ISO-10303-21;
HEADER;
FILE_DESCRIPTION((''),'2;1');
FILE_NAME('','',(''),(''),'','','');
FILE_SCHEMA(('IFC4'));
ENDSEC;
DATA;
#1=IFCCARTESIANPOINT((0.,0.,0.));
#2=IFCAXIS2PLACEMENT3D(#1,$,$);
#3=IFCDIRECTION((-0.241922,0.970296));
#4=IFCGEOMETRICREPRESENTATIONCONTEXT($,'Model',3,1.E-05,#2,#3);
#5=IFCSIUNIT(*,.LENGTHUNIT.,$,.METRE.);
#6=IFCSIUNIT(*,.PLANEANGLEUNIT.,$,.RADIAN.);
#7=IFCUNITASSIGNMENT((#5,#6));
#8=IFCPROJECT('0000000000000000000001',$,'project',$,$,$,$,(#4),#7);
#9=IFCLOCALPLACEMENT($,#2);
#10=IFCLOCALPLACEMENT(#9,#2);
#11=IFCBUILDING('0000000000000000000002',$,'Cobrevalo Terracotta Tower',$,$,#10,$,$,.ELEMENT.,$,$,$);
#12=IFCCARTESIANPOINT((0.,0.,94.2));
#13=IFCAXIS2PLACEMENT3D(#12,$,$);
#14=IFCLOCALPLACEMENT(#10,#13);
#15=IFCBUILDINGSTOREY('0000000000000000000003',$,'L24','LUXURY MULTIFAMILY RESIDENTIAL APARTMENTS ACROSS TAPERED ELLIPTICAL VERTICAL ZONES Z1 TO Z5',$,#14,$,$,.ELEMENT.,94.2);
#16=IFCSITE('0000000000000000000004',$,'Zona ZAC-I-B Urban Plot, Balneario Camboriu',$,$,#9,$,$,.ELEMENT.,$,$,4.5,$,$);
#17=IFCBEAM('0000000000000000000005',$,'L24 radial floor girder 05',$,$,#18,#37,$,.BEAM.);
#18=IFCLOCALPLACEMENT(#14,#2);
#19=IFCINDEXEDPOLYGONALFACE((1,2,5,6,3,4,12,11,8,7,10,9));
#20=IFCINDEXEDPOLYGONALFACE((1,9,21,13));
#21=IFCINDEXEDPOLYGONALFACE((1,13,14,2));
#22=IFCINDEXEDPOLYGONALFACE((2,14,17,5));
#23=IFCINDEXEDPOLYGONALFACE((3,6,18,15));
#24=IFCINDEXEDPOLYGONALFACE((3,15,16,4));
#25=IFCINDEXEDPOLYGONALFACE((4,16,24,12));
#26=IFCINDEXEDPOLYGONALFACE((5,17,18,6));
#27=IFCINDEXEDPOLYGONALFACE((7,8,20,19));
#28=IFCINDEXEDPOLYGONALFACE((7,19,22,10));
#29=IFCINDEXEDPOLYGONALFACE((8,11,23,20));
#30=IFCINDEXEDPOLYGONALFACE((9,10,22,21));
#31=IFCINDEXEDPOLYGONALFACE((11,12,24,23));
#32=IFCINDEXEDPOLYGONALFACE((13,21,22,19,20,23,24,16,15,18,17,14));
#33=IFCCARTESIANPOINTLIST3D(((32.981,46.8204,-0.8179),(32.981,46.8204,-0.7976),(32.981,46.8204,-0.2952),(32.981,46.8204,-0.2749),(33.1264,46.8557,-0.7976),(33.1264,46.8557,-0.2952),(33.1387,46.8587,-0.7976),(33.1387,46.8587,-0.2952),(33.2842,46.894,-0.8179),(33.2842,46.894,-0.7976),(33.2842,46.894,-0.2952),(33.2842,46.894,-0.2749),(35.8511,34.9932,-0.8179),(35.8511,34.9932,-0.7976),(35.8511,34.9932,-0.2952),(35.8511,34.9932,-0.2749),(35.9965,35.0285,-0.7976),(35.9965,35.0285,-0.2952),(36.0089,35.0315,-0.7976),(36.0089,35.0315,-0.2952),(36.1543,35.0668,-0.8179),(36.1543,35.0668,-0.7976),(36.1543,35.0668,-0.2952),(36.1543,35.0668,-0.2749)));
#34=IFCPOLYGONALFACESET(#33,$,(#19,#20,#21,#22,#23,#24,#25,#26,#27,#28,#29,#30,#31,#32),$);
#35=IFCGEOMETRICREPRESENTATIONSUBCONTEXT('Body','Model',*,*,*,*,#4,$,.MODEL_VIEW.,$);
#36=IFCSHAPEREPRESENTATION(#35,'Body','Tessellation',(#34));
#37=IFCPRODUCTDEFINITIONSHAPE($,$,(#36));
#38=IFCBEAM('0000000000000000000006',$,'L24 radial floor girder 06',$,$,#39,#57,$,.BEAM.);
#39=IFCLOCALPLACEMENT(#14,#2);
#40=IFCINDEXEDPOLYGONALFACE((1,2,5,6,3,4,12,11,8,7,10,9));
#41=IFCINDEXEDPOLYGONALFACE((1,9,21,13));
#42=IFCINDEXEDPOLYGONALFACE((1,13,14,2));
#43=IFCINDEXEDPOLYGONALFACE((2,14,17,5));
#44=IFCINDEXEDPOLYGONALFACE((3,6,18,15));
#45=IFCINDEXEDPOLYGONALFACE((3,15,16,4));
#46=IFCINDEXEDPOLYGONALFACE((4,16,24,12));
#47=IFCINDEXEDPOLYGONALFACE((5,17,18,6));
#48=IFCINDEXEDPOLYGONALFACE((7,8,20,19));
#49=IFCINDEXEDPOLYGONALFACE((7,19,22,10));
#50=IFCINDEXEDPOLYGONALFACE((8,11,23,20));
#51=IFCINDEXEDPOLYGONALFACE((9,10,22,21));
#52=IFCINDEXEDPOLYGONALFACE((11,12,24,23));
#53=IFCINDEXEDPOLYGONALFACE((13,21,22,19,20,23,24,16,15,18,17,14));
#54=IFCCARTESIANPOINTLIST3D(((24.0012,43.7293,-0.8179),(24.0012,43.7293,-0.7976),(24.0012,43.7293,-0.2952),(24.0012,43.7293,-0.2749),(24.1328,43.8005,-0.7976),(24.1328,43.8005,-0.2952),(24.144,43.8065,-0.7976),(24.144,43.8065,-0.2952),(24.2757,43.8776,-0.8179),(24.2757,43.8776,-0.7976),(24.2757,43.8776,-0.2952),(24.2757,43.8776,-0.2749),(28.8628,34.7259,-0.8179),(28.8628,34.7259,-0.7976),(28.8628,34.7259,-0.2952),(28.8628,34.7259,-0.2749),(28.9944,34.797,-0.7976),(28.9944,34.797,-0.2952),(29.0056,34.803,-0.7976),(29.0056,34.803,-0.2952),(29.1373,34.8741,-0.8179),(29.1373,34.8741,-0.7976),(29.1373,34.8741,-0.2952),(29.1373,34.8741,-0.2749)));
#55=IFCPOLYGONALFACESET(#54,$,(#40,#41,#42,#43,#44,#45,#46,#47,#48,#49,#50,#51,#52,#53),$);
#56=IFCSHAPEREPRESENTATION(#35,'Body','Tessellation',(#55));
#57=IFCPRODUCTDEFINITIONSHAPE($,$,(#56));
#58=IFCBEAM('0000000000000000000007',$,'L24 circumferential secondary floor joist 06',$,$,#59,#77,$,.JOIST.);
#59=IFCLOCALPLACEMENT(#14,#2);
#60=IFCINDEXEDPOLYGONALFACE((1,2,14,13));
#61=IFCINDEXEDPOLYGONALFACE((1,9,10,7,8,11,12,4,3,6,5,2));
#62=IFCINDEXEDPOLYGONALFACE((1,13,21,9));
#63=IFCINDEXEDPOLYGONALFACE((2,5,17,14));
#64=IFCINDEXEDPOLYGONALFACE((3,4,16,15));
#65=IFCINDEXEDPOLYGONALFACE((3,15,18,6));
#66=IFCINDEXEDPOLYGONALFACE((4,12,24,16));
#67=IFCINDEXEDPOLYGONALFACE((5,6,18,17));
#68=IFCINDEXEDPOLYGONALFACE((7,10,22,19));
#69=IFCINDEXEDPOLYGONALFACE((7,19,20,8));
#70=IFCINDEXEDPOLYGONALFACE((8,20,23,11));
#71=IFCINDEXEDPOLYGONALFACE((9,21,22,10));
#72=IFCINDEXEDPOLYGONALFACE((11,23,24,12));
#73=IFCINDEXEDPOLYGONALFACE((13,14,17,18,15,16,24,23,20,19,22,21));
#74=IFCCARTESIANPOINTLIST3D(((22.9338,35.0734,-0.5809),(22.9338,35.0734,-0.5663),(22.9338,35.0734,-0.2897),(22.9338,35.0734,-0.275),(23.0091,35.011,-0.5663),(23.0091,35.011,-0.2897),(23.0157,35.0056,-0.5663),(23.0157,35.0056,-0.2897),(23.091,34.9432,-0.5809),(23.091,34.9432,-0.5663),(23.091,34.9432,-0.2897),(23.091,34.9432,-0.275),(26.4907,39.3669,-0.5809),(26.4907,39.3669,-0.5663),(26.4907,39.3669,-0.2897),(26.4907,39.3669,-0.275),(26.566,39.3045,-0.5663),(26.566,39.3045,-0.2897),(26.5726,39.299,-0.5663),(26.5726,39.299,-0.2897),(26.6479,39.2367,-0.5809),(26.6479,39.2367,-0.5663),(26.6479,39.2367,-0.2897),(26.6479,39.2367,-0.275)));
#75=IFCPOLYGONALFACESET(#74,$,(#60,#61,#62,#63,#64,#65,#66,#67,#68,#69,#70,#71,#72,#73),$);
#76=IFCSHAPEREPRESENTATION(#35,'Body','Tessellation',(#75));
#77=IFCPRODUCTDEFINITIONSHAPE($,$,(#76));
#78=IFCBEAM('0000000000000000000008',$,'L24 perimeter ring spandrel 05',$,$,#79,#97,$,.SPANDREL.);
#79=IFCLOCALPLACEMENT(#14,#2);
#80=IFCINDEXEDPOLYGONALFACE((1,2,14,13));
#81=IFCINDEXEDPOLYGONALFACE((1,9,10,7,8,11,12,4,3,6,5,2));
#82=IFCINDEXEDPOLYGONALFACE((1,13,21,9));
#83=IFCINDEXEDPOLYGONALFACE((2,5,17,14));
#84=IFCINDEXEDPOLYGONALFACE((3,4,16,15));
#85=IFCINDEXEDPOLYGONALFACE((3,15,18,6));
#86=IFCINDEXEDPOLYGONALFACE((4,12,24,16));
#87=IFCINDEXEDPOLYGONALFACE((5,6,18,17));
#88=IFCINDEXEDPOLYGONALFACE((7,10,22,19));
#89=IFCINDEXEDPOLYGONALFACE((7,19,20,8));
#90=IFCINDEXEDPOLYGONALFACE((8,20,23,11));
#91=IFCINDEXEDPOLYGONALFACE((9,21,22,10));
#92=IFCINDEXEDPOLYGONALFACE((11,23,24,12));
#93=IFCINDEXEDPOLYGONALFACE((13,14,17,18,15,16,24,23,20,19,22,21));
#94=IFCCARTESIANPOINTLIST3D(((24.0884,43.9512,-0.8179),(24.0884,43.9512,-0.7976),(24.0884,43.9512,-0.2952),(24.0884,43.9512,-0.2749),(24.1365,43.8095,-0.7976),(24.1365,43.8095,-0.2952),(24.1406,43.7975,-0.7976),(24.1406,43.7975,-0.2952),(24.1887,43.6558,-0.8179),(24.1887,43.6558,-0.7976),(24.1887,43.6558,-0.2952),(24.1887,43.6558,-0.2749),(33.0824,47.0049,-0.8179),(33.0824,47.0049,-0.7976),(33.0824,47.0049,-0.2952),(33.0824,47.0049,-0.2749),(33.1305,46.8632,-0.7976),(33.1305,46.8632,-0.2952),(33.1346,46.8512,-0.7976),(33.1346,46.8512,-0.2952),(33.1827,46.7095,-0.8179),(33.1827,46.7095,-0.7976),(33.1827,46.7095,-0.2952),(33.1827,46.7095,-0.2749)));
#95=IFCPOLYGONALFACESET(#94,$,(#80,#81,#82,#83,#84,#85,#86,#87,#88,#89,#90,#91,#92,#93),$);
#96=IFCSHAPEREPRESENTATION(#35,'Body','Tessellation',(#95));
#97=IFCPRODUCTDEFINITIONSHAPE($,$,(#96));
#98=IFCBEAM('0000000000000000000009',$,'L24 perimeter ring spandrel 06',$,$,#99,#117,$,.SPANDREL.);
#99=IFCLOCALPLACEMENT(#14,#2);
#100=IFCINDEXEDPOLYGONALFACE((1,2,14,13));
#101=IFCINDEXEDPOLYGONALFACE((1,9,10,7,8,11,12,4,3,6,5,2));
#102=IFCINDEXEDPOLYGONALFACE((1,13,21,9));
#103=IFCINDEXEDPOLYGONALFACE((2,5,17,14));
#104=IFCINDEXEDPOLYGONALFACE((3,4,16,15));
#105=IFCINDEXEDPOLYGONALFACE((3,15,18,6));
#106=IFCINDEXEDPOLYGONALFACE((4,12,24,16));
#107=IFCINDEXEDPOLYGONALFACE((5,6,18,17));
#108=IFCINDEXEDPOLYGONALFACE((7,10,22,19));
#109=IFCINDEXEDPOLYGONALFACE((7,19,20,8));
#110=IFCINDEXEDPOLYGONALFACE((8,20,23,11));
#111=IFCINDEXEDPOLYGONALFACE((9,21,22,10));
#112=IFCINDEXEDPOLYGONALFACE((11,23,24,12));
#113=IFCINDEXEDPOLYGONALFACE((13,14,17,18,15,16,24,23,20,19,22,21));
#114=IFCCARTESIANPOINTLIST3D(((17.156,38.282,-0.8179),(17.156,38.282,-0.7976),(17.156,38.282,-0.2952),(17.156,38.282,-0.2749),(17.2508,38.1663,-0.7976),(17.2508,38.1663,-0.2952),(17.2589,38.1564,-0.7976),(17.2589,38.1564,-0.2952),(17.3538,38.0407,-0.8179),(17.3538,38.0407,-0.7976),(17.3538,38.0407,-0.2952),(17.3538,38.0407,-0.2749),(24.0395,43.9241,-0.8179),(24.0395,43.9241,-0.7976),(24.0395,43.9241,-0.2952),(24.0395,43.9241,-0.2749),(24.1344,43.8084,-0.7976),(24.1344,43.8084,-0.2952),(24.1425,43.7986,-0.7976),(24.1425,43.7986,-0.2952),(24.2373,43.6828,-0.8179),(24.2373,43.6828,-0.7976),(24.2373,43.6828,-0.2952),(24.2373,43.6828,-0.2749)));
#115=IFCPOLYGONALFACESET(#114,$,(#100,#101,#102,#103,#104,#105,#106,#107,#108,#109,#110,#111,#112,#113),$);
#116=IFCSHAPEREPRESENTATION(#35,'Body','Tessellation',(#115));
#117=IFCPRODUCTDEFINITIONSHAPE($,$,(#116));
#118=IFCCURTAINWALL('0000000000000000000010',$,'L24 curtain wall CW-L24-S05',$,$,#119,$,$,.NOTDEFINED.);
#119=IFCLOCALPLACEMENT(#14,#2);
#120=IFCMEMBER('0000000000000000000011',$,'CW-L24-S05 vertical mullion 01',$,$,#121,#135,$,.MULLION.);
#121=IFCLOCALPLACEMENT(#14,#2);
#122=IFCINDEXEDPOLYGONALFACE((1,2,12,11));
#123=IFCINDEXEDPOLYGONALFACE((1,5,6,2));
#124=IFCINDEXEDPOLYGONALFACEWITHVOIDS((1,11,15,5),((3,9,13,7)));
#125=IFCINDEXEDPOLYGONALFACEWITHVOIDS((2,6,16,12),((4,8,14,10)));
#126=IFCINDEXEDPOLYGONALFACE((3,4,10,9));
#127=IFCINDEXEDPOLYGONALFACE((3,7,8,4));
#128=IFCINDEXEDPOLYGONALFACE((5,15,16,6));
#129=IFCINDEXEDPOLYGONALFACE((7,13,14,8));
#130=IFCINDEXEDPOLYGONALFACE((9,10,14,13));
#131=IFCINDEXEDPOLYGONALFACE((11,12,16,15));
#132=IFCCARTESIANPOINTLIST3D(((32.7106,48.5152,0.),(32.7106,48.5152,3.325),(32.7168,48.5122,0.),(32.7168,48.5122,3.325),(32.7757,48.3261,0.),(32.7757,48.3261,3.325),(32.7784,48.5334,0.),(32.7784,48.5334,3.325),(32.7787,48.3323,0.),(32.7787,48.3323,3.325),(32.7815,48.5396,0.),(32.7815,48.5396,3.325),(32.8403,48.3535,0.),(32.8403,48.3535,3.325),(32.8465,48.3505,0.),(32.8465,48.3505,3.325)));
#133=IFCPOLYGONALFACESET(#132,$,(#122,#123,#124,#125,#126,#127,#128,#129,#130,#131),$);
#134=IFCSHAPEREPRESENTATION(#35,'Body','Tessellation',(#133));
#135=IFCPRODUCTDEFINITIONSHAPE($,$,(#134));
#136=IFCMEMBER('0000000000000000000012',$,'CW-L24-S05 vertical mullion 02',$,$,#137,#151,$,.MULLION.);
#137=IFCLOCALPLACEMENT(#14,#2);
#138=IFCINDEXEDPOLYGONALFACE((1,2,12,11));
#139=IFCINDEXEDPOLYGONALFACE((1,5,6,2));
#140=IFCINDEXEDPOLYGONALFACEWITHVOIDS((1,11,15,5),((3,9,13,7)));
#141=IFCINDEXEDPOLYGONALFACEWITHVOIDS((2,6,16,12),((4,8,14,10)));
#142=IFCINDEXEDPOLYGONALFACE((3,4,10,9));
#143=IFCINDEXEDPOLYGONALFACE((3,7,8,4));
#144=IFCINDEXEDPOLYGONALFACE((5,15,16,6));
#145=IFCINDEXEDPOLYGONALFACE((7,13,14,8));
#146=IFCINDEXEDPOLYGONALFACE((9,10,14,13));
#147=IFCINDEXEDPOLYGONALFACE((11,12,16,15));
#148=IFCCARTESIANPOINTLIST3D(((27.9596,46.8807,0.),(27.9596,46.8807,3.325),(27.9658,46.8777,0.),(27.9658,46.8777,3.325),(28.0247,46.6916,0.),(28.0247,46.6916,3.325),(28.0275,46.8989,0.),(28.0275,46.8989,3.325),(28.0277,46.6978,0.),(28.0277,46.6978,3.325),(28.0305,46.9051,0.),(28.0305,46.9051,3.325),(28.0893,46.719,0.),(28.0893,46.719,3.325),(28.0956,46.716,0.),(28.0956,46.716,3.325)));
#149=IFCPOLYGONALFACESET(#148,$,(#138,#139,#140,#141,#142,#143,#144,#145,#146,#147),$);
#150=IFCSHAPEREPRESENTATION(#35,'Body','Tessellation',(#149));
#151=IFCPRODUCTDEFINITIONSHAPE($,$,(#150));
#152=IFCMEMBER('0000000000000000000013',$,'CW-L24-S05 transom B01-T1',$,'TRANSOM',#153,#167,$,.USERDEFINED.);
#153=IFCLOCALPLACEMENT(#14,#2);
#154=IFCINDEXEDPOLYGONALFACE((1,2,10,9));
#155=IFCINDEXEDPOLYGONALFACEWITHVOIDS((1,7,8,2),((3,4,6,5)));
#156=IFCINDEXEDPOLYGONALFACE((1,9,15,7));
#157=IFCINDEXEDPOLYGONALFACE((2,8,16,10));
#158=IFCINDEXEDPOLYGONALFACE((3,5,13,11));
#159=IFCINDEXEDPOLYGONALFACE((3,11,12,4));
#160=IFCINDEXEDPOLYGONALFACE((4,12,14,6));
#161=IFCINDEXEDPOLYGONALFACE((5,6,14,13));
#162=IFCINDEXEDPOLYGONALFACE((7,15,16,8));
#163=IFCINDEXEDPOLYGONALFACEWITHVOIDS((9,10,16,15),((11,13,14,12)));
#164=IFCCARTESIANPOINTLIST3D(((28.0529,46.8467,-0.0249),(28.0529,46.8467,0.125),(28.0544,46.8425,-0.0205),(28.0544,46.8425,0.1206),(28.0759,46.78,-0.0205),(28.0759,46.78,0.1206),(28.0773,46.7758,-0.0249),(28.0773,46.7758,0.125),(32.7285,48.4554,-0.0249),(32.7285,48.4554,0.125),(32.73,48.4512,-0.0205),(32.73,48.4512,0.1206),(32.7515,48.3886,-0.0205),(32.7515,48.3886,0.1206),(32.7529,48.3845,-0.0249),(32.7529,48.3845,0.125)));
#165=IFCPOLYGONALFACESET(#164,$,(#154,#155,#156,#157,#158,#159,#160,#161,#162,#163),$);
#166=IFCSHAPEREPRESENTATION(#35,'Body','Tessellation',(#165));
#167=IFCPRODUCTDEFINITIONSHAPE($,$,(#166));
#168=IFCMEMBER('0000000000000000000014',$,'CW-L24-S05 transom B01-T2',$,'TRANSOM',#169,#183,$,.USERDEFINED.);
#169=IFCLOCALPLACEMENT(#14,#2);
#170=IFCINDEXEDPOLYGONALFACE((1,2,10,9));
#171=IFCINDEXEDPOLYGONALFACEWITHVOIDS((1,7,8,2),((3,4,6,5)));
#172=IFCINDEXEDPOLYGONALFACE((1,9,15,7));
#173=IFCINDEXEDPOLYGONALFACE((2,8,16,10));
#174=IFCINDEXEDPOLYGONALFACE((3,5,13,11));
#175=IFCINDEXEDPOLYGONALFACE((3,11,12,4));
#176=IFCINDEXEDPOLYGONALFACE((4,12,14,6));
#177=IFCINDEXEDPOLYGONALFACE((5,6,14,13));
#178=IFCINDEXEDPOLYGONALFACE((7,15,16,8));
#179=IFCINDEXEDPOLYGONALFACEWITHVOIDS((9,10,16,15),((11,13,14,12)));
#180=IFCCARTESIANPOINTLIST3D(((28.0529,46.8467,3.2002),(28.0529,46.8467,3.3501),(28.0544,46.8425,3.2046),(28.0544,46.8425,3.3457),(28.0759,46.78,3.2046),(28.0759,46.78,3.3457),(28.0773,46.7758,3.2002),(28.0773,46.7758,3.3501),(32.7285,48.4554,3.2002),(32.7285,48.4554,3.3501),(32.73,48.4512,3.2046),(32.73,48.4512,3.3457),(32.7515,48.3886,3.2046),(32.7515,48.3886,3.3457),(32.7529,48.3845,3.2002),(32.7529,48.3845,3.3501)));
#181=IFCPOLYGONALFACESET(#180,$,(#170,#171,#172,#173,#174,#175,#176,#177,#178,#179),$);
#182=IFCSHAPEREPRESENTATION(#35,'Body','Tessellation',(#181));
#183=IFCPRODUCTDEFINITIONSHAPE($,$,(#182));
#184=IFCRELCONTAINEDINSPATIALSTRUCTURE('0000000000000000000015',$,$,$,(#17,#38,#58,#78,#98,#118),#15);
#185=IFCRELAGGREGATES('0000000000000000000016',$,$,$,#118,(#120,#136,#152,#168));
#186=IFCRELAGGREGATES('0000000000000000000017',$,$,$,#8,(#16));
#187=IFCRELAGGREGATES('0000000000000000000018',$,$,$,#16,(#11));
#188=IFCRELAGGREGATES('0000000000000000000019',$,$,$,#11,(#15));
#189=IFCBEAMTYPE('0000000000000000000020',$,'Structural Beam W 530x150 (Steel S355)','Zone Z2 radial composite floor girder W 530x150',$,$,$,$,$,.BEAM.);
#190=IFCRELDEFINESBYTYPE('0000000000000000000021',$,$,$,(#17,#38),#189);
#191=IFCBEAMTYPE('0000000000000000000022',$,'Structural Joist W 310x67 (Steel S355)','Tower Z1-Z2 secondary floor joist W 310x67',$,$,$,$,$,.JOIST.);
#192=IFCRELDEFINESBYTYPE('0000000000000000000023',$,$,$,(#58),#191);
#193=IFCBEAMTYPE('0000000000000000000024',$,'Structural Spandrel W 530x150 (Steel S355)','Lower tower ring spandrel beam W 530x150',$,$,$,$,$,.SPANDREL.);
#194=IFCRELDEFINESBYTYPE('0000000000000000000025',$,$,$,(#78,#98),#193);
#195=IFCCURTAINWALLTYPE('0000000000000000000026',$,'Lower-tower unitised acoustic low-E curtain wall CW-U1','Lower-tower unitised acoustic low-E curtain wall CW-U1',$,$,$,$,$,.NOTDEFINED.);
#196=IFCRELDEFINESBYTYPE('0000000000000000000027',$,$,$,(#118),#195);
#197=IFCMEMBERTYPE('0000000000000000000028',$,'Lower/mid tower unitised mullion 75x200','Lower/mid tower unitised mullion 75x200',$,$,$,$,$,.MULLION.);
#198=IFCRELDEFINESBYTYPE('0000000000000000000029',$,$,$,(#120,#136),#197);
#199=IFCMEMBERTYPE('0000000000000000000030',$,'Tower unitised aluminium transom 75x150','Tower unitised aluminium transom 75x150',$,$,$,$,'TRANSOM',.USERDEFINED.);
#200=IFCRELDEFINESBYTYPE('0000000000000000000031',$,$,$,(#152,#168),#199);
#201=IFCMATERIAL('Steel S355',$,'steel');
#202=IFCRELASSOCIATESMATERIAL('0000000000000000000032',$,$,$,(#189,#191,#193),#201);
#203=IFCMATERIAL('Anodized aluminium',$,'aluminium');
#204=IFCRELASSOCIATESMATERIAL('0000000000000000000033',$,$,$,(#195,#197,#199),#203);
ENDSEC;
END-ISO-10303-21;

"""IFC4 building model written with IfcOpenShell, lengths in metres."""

from ifc_helpers import new_model, si_unit, direction, frame, origin, origin_2d, place, context, subcontext, project, spatial, hollow_rectangle, i_section, extrude, source, transform, mapped, material, material_profile, profile_set, type_object, element, aggregate, save


model = new_model("IFC4")

# Units and contexts
model_context = context("Model", 3, precision=1e-05, world=origin(), true_north=direction((-0.241922, 0.970296)))
body_context = subcontext(model_context, "Body", "Model", "MODEL_VIEW")
ifc_project = project(units=[si_unit("LENGTHUNIT", "METRE"), si_unit("PLANEANGLEUNIT", "RADIAN")], contexts=[model_context])

# Site, building, storey
site_placement = place(None, origin())
site = spatial("IfcSite", under=ifc_project, at=site_placement, Name="Zona ZAC-I-B Urban Plot, Balneario Camboriu", CompositionType="ELEMENT", RefElevation=4.5)
building_placement = place(site_placement, origin())
building = spatial("IfcBuilding", under=site, at=building_placement, Name="Cobrevalo Terracotta Tower", CompositionType="ELEMENT")
storey_placement = place(building_placement, frame((0.0, 0.0, 94.2)))
storey = spatial("IfcBuildingStorey", under=building, at=storey_placement, Name="L24", Description="LUXURY MULTIFAMILY RESIDENTIAL APARTMENTS ACROSS TAPERED ELLIPTICAL VERTICAL ZONES Z1 TO Z5", CompositionType="ELEMENT", Elevation=94.2)

# Shared definitions
ifc_material_1 = material(Name="Steel S355", Category="steel")

# Beams
ifc_material_profile_1 = material_profile(ifc_material_1, i_section(OverallWidth=0.312, OverallDepth=0.543, WebThickness=0.0127, FlangeThickness=0.0203, at=origin_2d()), Name="W 530x150")
ifc_profile_set_1 = profile_set([ifc_material_profile_1], Name="Steel S355")
beam_type_1 = type_object("IfcBeamType", Name="Structural Beam W 530x150 (Steel S355)", Description="Zone Z2 radial composite floor girder W 530x150", PredefinedType="BEAM", material=ifc_profile_set_1)
beam_1_placement = place(storey_placement, frame((33.1326, 46.8572, -0.5464), z_axis=(0.235827, -0.971795, 0.0), x_axis=(0.971795, 0.235827, 0.0)))
element("IfcBeam", 1, at=beam_1_placement, inside=storey, type_object=beam_type_1, Name="L24 radial floor girder 05", PredefinedType="BEAM", context=body_context, shape_type="SweptSolid", body=[
    extrude(i_section(OverallWidth=0.312, OverallDepth=0.543, WebThickness=0.0127, FlangeThickness=0.0203, at=origin_2d()), origin(), (0.0, 0.0, 1.0), 12.1704),
])
beam_2_placement = place(storey_placement, frame((24.1384, 43.8035, -0.5464), z_axis=(0.475128, -0.879917, 0.0), x_axis=(0.879917, 0.475128, 0.0)))
element("IfcBeam", 2, at=beam_2_placement, inside=storey, type_object=beam_type_1, Name="L24 radial floor girder 06", PredefinedType="BEAM", context=body_context, shape_type="SweptSolid", body=[
    extrude(i_section(OverallWidth=0.312, OverallDepth=0.543, WebThickness=0.0127, FlangeThickness=0.0203, at=origin_2d()), origin(), (0.0, 0.0, 1.0), 10.2322),
])
ifc_material_profile_2 = material_profile(ifc_material_1, i_section(OverallWidth=0.2041, OverallDepth=0.3059, WebThickness=0.0085, FlangeThickness=0.0146, at=origin_2d()), Name="W 310x67")
ifc_profile_set_2 = profile_set([ifc_material_profile_2], Name="Steel S355")
beam_type_2 = type_object("IfcBeamType", Name="Structural Joist W 310x67 (Steel S355)", Description="Tower Z1-Z2 secondary floor joist W 310x67", PredefinedType="JOIST", material=ifc_profile_set_2)
beam_3_placement = place(storey_placement, frame((26.5693, 39.3018, -0.428), z_axis=(-0.637959, -0.77007, 0.0), x_axis=(0.77007, -0.637959, 0.0)))
element("IfcBeam", 3, at=beam_3_placement, inside=storey, type_object=beam_type_2, Name="L24 circumferential secondary floor joist 06", PredefinedType="JOIST", context=body_context, shape_type="SweptSolid", body=[
    extrude(i_section(OverallWidth=0.2041, OverallDepth=0.3059, WebThickness=0.0085, FlangeThickness=0.0146, at=origin_2d()), origin(), (0.0, 0.0, 1.0), 5.5754),
])
ifc_material_profile_3 = material_profile(ifc_material_1, i_section(OverallWidth=0.312, OverallDepth=0.543, WebThickness=0.0127, FlangeThickness=0.0203, at=origin_2d()), Name="W 530x150")
ifc_profile_set_3 = profile_set([ifc_material_profile_3], Name="Steel S355")
beam_type_3 = type_object("IfcBeamType", Name="Structural Spandrel W 530x150 (Steel S355)", Description="Lower tower ring spandrel beam W 530x150", PredefinedType="SPANDREL", material=ifc_profile_set_3)
beam_4_placement = place(storey_placement, frame((33.1326, 46.8572, -0.5464), z_axis=(-0.946911, -0.321497, 0.0), x_axis=(0.321497, -0.946911, 0.0)))
element("IfcBeam", 4, at=beam_4_placement, inside=storey, type_object=beam_type_3, Name="L24 perimeter ring spandrel 05", PredefinedType="SPANDREL", context=body_context, shape_type="SweptSolid", body=[
    extrude(i_section(OverallWidth=0.312, OverallDepth=0.543, WebThickness=0.0127, FlangeThickness=0.0203, at=origin_2d()), origin(), (0.0, 0.0, 1.0), 9.4983),
])
beam_5_placement = place(storey_placement, frame((24.1384, 43.8035, -0.5464), z_axis=(-0.773401, -0.633917, 0.0), x_axis=(0.633917, -0.773401, 0.0)))
element("IfcBeam", 5, at=beam_5_placement, inside=storey, type_object=beam_type_3, Name="L24 perimeter ring spandrel 06", PredefinedType="SPANDREL", context=body_context, shape_type="SweptSolid", body=[
    extrude(i_section(OverallWidth=0.312, OverallDepth=0.543, WebThickness=0.0127, FlangeThickness=0.0203, at=origin_2d()), origin(), (0.0, 0.0, 1.0), 8.9004),
])

# Curtain wall, members
ifc_material_2 = material(Name="Anodized aluminium", Category="aluminium")
curtain_wall_type = type_object("IfcCurtainWallType", Name="Lower-tower unitised acoustic low-E curtain wall CW-U1", Description="Lower-tower unitised acoustic low-E curtain wall CW-U1", PredefinedType="NOTDEFINED", material=ifc_material_2)
curtain_wall_placement = place(storey_placement, origin())
curtain_wall = element("IfcCurtainWall", 6, at=curtain_wall_placement, inside=storey, type_object=curtain_wall_type, Name="L24 curtain wall CW-L24-S05", PredefinedType="NOTDEFINED")
ifc_material_profile_4 = material_profile(ifc_material_2, hollow_rectangle(XDim=0.075, YDim=0.2, WallThickness=0.0049, at=origin_2d()), Name="CWM 75x200")
ifc_profile_set_4 = profile_set([ifc_material_profile_4], Name="Anodized aluminium")
member_type_1 = type_object("IfcMemberType", Name="Lower/mid tower unitised mullion 75x200", Description="Lower/mid tower unitised mullion 75x200", PredefinedType="MULLION", material=ifc_profile_set_4)
shared_shape_1 = source(origin(), body_context, "Body", "SweptSolid", [
    extrude(hollow_rectangle(XDim=0.075, YDim=0.2, WallThickness=0.0049, at=origin_2d()), origin(), (0.0, 0.0, 1.0), 3.325),
])
member_1_placement = place(storey_placement, frame((32.7786, 48.4329, 0.0), z_axis=(0.0, 0.0, 1.0), x_axis=(-0.945598, -0.325337, 0.0)))
member_1 = element("IfcMember", 7, at=member_1_placement, type_object=member_type_1, Name="CW-L24-S05 vertical mullion 01", PredefinedType="MULLION", context=body_context, shape_type="MappedRepresentation", body=[
    mapped(shared_shape_1, transform((0.0, 0.0, 0.0), scale=1.0)),
])
member_2_placement = place(storey_placement, frame((28.0276, 46.7983, 0.0), z_axis=(0.0, 0.0, 1.0), x_axis=(-0.945598, -0.325337, 0.0)))
member_2 = element("IfcMember", 8, at=member_2_placement, type_object=member_type_1, Name="CW-L24-S05 vertical mullion 02", PredefinedType="MULLION", context=body_context, shape_type="MappedRepresentation", body=[
    mapped(shared_shape_1, transform((0.0, 0.0, 0.0), scale=1.0)),
])
ifc_material_profile_5 = material_profile(ifc_material_2, hollow_rectangle(XDim=0.075, YDim=0.1499, WallThickness=0.0044, at=origin_2d()), Name="CWT 75x150")
ifc_profile_set_5 = profile_set([ifc_material_profile_5], Name="Anodized aluminium")
member_type_2 = type_object("IfcMemberType", Name="Tower unitised aluminium transom 75x150", Description="Tower unitised aluminium transom 75x150", ElementType="TRANSOM", PredefinedType="USERDEFINED", material=ifc_profile_set_5)
shared_shape_2 = source(origin(), body_context, "Body", "SweptSolid", [
    extrude(hollow_rectangle(XDim=0.075, YDim=0.1499, WallThickness=0.0044, at=origin_2d()), origin(), (0.0, 0.0, 1.0), 4.9446),
])
member_3_placement = place(storey_placement, frame((32.7407, 48.4199, 0.05), z_axis=(-0.945598, -0.325338, 0.0), x_axis=(0.325338, -0.945598, 0.0)))
member_3 = element("IfcMember", 9, at=member_3_placement, type_object=member_type_2, Name="CW-L24-S05 transom B01-T1", ObjectType="TRANSOM", PredefinedType="USERDEFINED", context=body_context, shape_type="MappedRepresentation", body=[
    mapped(shared_shape_2, transform((0.0, 0.0, 0.0), scale=1.0)),
])
member_4_placement = place(storey_placement, frame((32.7407, 48.4199, 3.2751), z_axis=(-0.945598, -0.325338, 0.0), x_axis=(0.325338, -0.945598, 0.0)))
member_4 = element("IfcMember", 10, at=member_4_placement, type_object=member_type_2, Name="CW-L24-S05 transom B01-T2", ObjectType="TRANSOM", PredefinedType="USERDEFINED", context=body_context, shape_type="MappedRepresentation", body=[
    mapped(shared_shape_2, transform((0.0, 0.0, 0.0), scale=1.0)),
])
aggregate(curtain_wall, [member_1, member_2, member_3, member_4])

save(model, "model.ifc")
